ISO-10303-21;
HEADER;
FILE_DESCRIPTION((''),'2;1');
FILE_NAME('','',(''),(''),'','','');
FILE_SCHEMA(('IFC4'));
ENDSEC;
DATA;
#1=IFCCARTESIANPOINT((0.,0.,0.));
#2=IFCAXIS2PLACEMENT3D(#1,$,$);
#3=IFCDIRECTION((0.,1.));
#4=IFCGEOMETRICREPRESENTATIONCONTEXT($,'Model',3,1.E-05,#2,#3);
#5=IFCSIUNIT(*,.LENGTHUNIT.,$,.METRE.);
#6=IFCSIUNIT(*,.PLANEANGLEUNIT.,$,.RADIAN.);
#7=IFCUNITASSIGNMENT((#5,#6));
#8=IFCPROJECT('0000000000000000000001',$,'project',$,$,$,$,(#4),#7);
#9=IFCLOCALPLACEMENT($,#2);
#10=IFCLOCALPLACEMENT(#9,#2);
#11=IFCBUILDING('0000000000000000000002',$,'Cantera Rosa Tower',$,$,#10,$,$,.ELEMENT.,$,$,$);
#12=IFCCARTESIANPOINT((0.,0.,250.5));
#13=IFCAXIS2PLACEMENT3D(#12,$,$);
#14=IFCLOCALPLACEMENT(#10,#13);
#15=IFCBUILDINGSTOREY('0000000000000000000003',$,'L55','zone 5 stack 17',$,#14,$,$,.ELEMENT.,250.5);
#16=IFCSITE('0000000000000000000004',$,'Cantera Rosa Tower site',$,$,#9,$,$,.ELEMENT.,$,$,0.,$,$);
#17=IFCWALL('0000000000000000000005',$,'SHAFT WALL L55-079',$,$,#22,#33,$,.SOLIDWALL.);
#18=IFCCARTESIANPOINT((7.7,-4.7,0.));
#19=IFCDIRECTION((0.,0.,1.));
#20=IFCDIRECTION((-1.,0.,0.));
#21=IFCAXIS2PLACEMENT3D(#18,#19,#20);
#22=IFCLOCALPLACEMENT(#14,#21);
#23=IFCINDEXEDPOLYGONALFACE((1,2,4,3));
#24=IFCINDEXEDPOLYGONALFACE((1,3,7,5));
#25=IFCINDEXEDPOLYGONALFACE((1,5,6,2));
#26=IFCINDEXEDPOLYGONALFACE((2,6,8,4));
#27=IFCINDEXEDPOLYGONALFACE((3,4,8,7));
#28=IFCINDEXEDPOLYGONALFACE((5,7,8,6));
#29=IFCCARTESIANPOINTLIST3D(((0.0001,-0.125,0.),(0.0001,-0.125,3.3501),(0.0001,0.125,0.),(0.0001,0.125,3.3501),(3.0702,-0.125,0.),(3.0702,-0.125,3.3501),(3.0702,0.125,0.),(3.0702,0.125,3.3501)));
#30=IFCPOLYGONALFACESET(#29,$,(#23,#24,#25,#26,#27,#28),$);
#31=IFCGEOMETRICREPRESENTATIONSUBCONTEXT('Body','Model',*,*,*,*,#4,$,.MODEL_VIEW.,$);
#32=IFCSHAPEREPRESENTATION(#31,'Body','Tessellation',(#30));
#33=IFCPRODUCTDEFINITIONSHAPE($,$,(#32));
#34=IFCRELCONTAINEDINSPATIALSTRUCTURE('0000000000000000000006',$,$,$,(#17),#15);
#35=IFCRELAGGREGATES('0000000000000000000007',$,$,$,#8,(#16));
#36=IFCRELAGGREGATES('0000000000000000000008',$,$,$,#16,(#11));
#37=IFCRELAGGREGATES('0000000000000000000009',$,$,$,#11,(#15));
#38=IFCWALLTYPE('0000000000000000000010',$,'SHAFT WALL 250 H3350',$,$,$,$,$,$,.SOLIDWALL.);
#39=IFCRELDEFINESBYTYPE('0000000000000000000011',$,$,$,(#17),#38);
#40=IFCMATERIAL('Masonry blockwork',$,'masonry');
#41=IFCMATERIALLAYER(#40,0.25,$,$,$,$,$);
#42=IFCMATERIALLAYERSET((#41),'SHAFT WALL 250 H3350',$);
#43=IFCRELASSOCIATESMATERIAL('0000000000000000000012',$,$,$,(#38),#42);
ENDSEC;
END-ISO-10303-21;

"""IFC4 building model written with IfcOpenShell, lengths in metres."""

from ifc_helpers import new_model, si_unit, direction, frame, frame_2d, origin, place, context, subcontext, project, spatial, rectangle, extrude, material, layer, layer_set, type_object, element, save


model = new_model("IFC4")

# Units and contexts
model_context = context("Model", 3, precision=1e-05, world=origin(), true_north=direction((0.0, 1.0)))
body_context = subcontext(model_context, "Body", "Model", "MODEL_VIEW")
ifc_project = project(units=[si_unit("LENGTHUNIT", "METRE"), si_unit("PLANEANGLEUNIT", "RADIAN")], contexts=[model_context])

# Site, building, storey
site_placement = place(None, origin())
site = spatial("IfcSite", under=ifc_project, at=site_placement, Name="Cantera Rosa Tower site", CompositionType="ELEMENT", RefElevation=0.0)
building_placement = place(site_placement, origin())
building = spatial("IfcBuilding", under=site, at=building_placement, Name="Cantera Rosa Tower", CompositionType="ELEMENT")
storey_placement = place(building_placement, frame((0.0, 0.0, 250.5)))
storey = spatial("IfcBuildingStorey", under=building, at=storey_placement, Name="L55", Description="zone 5 stack 17", CompositionType="ELEMENT", Elevation=250.5)

# Wall
ifc_material_1 = material(Name="Masonry blockwork", Category="masonry")
ifc_layer_1 = layer(ifc_material_1, 0.25)
ifc_layer_set_1 = layer_set([ifc_layer_1], Name="SHAFT WALL 250 H3350")
wall_type_1 = type_object("IfcWallType", Name="SHAFT WALL 250 H3350", PredefinedType="SOLIDWALL", material=ifc_layer_set_1)
wall_1_placement = place(storey_placement, frame((7.7, -4.7, 0.0), z_axis=(0.0, 0.0, 1.0), x_axis=(-1.0, 0.0, 0.0)))
element("IfcWall", 1, at=wall_1_placement, inside=storey, type_object=wall_type_1, Name="SHAFT WALL L55-079", PredefinedType="SOLIDWALL", context=body_context, shape_type="SweptSolid", body=[
    extrude(rectangle(XDim=3.0701, YDim=0.25, at=frame_2d((1.5352, 0.0))), origin(), (0.0, 0.0, 1.0), 3.3501),
])

save(model, "model.ifc")
